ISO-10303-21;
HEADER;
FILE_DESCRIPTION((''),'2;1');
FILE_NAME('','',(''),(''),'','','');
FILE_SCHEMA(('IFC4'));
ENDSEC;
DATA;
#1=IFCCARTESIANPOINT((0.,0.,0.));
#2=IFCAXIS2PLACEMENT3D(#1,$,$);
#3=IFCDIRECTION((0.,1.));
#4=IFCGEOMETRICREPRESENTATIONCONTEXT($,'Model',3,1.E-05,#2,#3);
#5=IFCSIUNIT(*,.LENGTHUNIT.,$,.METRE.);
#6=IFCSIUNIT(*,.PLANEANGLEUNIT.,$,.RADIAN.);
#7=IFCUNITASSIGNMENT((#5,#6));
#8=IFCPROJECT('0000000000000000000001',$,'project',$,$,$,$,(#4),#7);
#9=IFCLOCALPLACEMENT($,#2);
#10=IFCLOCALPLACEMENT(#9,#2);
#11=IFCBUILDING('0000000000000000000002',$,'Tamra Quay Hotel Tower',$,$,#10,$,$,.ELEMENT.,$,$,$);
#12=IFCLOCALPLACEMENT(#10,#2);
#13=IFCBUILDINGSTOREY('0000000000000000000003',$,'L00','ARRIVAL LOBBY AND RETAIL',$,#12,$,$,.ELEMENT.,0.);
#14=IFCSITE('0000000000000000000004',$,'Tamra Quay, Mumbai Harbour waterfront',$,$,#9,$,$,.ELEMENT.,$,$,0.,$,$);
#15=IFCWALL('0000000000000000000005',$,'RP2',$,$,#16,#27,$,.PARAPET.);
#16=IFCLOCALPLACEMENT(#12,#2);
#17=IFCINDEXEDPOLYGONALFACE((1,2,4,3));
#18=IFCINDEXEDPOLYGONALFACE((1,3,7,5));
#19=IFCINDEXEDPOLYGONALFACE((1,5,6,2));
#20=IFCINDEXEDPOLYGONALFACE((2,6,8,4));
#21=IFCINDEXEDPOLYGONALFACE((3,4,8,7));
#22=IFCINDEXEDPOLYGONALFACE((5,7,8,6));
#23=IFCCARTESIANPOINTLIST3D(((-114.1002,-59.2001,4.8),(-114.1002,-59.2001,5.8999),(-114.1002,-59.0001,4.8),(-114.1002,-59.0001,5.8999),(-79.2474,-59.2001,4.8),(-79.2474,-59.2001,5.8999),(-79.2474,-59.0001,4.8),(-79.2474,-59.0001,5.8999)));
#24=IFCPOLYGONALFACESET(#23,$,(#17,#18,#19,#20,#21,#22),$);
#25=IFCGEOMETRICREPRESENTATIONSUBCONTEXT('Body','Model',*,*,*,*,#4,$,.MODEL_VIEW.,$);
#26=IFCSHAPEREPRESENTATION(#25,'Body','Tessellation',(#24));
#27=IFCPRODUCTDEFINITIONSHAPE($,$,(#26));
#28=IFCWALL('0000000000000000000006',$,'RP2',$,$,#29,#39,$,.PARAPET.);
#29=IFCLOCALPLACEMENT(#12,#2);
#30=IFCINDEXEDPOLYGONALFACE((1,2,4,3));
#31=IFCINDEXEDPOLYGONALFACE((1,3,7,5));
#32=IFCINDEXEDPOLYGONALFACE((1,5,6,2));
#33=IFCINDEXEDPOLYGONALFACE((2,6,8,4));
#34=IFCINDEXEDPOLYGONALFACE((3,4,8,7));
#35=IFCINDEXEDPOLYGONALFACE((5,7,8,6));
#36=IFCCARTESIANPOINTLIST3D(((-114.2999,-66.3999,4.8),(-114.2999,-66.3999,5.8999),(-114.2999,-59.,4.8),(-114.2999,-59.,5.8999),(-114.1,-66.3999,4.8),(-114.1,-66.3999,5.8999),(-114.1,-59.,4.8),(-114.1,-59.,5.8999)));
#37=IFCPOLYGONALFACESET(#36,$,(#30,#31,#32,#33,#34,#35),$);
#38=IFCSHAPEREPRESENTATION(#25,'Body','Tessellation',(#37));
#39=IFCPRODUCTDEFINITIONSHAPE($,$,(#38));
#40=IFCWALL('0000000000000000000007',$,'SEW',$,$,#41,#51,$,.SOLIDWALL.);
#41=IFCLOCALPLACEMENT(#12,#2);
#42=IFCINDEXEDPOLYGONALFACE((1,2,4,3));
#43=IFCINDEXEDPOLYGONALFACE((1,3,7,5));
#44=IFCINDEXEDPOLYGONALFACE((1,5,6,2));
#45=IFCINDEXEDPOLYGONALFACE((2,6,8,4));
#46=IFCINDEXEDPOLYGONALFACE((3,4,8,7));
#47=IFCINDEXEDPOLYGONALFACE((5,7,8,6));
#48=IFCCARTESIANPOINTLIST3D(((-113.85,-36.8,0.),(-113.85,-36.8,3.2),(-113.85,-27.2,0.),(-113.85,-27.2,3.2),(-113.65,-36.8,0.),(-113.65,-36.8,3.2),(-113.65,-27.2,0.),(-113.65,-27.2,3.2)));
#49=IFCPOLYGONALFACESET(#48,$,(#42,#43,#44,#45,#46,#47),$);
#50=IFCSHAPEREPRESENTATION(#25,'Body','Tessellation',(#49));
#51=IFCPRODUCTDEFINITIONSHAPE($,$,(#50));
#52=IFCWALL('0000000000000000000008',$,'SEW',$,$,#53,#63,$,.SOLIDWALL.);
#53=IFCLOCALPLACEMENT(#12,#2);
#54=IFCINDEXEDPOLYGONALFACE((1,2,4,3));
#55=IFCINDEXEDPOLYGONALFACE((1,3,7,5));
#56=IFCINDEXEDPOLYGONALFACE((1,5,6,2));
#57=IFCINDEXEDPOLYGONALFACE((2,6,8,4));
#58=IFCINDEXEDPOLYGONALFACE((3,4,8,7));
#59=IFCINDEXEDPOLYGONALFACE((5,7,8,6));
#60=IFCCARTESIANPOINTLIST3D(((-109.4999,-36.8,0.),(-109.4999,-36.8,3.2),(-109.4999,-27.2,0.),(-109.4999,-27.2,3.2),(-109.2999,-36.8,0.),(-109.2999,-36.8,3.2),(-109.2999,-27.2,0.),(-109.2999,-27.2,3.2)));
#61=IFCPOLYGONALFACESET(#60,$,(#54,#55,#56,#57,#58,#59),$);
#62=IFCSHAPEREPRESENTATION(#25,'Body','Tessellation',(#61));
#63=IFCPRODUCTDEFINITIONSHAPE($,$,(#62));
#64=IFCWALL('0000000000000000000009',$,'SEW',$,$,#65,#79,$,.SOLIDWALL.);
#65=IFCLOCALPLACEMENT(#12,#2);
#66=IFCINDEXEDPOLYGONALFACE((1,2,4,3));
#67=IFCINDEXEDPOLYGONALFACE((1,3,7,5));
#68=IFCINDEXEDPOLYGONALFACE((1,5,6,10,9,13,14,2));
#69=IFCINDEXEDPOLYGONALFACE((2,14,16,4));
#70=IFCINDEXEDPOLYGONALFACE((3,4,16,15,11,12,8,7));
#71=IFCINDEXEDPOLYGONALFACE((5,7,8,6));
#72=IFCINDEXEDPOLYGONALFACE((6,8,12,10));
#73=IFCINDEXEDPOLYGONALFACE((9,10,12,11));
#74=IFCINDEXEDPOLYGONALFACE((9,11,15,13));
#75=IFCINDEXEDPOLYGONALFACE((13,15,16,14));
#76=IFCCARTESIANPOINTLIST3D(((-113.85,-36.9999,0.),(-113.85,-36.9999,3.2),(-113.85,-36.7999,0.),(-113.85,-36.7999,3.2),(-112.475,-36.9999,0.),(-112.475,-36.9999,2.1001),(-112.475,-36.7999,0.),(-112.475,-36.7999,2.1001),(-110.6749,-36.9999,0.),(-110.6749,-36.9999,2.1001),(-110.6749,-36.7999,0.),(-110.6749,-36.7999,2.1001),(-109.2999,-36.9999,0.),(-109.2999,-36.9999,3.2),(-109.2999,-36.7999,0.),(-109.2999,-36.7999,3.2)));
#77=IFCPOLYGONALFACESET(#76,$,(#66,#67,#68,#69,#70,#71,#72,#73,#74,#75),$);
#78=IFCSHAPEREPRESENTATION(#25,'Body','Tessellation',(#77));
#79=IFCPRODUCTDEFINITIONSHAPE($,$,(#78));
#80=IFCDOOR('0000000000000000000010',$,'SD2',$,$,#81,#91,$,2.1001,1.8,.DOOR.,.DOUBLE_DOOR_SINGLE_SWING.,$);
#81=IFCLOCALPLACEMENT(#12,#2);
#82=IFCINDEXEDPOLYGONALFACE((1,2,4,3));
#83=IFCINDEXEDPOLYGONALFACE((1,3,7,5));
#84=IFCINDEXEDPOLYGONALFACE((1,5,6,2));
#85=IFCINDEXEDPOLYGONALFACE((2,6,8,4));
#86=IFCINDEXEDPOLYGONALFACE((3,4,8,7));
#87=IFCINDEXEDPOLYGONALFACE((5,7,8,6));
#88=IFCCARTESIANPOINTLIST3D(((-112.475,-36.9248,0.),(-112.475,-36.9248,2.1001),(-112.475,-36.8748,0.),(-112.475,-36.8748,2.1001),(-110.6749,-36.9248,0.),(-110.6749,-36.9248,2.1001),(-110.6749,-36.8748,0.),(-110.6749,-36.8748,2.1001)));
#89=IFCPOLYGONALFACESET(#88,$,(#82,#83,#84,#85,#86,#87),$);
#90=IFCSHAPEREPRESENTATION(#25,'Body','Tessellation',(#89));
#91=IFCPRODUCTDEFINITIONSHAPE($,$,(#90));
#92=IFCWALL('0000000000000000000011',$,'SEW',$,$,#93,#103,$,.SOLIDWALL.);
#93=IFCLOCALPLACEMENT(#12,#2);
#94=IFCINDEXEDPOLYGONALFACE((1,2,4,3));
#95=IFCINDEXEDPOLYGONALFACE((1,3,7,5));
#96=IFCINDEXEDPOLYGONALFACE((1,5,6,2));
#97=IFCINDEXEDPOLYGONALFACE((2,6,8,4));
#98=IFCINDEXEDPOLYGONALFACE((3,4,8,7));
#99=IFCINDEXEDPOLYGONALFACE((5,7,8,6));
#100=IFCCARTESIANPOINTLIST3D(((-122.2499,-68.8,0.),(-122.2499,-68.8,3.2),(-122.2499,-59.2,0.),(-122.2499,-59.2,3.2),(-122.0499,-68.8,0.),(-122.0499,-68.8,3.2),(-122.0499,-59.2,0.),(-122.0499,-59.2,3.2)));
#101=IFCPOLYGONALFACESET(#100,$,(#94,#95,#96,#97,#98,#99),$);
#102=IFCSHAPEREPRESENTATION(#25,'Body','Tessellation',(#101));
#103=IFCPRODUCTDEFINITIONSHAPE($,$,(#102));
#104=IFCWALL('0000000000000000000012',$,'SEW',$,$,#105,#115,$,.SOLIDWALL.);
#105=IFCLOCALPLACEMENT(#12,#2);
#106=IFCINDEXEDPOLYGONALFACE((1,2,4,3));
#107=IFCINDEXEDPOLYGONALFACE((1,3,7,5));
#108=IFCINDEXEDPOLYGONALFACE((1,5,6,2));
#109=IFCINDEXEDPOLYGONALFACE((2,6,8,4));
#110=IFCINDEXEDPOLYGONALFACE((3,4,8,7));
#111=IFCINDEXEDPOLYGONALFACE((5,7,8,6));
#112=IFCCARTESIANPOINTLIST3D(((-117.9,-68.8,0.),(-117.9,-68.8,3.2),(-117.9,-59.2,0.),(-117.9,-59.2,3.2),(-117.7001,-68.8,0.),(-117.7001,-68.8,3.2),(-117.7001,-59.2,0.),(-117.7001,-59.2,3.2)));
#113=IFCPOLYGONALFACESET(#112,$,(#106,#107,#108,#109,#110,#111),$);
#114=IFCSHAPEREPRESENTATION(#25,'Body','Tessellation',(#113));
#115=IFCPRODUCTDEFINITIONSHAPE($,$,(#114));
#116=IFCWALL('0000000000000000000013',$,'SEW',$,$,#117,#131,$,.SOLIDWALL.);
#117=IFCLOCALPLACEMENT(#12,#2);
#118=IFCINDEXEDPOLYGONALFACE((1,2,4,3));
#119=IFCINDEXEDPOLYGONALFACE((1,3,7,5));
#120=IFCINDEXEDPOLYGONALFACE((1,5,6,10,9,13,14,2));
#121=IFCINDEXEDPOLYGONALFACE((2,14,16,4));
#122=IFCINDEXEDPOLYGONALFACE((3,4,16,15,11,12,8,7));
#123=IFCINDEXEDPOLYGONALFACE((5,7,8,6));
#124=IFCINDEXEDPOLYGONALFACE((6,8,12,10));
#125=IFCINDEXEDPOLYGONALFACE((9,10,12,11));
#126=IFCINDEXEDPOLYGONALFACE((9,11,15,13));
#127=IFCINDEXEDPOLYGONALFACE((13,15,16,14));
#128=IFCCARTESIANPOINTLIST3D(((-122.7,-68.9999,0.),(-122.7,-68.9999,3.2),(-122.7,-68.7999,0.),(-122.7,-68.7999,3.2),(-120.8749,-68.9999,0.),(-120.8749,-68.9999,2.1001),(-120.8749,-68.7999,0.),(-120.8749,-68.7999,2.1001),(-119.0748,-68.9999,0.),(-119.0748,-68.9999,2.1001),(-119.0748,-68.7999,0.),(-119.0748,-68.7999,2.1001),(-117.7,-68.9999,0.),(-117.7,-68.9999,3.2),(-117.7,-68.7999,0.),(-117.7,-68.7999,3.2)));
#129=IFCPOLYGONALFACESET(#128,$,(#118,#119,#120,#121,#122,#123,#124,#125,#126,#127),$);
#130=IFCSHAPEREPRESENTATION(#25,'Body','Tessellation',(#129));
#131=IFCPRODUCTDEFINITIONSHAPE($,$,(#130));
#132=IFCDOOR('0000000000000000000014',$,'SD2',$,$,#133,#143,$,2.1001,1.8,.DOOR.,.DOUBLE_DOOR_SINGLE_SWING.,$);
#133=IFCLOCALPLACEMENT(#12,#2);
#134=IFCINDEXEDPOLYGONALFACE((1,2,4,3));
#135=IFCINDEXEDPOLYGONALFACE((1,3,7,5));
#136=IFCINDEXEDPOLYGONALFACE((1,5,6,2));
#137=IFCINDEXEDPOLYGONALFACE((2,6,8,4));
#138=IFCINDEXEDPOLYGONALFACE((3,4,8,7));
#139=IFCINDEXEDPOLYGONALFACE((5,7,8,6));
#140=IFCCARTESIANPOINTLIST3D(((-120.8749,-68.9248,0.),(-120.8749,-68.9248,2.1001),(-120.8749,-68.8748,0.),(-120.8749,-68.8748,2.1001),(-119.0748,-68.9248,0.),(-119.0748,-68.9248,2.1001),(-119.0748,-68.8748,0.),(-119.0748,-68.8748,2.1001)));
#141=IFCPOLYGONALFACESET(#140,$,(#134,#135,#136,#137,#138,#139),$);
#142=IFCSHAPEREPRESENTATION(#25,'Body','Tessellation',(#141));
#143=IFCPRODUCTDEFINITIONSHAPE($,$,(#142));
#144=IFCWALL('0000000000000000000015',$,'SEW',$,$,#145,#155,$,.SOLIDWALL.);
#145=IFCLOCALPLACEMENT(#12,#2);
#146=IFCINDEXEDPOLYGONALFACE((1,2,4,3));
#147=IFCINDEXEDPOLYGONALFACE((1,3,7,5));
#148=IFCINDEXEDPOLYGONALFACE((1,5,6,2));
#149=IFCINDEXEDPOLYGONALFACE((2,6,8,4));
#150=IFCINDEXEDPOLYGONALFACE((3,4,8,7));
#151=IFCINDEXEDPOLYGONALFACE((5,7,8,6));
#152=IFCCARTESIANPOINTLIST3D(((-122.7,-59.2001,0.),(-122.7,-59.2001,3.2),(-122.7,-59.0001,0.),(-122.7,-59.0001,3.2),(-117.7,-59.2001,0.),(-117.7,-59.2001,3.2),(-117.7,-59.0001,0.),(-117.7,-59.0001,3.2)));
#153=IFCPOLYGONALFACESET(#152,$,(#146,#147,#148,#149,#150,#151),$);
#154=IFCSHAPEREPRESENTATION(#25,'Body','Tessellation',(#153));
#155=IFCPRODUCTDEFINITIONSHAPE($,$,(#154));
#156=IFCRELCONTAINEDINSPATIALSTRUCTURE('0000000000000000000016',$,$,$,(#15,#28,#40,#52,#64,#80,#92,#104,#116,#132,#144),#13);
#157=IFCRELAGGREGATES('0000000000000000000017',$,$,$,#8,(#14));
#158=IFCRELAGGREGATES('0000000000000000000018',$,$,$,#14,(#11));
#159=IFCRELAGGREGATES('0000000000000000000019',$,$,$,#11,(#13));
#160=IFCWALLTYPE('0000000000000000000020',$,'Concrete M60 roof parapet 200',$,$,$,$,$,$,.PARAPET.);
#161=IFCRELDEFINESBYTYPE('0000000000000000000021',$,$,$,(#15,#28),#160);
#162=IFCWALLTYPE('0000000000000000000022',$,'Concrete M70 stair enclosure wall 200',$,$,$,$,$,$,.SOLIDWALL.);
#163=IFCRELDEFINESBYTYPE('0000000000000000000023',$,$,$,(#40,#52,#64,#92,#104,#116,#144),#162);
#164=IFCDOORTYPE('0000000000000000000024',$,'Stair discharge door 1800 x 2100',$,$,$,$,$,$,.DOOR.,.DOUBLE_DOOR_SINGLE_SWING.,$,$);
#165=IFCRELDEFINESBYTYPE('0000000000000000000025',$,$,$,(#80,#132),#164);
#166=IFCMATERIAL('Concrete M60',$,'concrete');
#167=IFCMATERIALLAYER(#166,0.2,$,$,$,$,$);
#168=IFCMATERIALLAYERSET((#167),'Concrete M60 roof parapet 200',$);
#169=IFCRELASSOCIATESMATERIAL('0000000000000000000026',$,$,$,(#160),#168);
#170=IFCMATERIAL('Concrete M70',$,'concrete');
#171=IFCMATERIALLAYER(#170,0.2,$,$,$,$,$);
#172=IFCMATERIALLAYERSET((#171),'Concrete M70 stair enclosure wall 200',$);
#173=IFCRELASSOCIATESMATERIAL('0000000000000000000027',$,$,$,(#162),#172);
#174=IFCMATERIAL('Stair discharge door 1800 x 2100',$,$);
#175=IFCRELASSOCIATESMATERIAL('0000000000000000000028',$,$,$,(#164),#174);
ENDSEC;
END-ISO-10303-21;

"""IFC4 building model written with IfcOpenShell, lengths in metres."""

from ifc_helpers import new_model, si_unit, direction, frame, frame_2d, origin, place, context, subcontext, project, spatial, rectangle, extrude, material, layer, layer_set, type_object, element, fill, save


model = new_model("IFC4")

# Units and contexts
model_context = context("Model", 3, precision=1e-05, world=origin(), true_north=direction((0.0, 1.0)))
body_context = subcontext(model_context, "Body", "Model", "MODEL_VIEW")
ifc_project = project(units=[si_unit("LENGTHUNIT", "METRE"), si_unit("PLANEANGLEUNIT", "RADIAN")], contexts=[model_context])

# Site, building, storey
site_placement = place(None, origin())
site = spatial("IfcSite", under=ifc_project, at=site_placement, Name="Tamra Quay, Mumbai Harbour waterfront", CompositionType="ELEMENT", RefElevation=0.0)
building_placement = place(site_placement, origin())
building = spatial("IfcBuilding", under=site, at=building_placement, Name="Tamra Quay Hotel Tower", CompositionType="ELEMENT")
storey_placement = place(building_placement, origin())
storey = spatial("IfcBuildingStorey", under=building, at=storey_placement, Name="L00", Description="ARRIVAL LOBBY AND RETAIL", CompositionType="ELEMENT", Elevation=0.0)

# Shared definitions
ifc_material_1 = material(Name="Concrete M60", Category="concrete")

# Walls
ifc_layer_1 = layer(ifc_material_1, 0.2)
ifc_layer_set_1 = layer_set([ifc_layer_1], Name="Concrete M60 roof parapet 200")
wall_type_1 = type_object("IfcWallType", Name="Concrete M60 roof parapet 200", PredefinedType="PARAPET", material=ifc_layer_set_1)
for number, where, z_axis, x_axis, name in (
    (1, (-114.1001, -59.1001, 4.8), (0.0, 0.0, 1.0), (1.0, 0.0, 0.0), "RP2"),
):
    element("IfcWall", number, at=place(storey_placement, frame(where, z_axis=z_axis, x_axis=x_axis)), inside=storey, type_object=wall_type_1, Name=name, PredefinedType="PARAPET", context=body_context, shape_type="SweptSolid", body=[
        extrude(rectangle(XDim=34.8528, YDim=0.2, at=frame_2d((17.4263, 0.0))), origin(), (0.0, 0.0, 1.0), 1.0999),
    ])
wall_1_placement = place(storey_placement, frame((-114.2, -66.3999, 4.8), z_axis=(0.0, 0.0, 1.0), x_axis=(0.0, 1.0, 0.0)))
element("IfcWall", 2, at=wall_1_placement, inside=storey, type_object=wall_type_1, Name="RP2", PredefinedType="PARAPET", context=body_context, shape_type="SweptSolid", body=[
    extrude(rectangle(XDim=7.3999, YDim=0.2, at=frame_2d((3.7, 0.0))), origin(), (0.0, 0.0, 1.0), 1.0999),
])
ifc_material_2 = material(Name="Concrete M70", Category="concrete")
ifc_layer_2 = layer(ifc_material_2, 0.2)
ifc_layer_set_2 = layer_set([ifc_layer_2], Name="Concrete M70 stair enclosure wall 200")
wall_type_2 = type_object("IfcWallType", Name="Concrete M70 stair enclosure wall 200", PredefinedType="SOLIDWALL", material=ifc_layer_set_2)
for number, where, z_axis, x_axis, name in (
    (3, (-113.75, -36.8, 0.0), (0.0, 0.0, 1.0), (0.0, 1.0, 0.0), "SEW"),
    (4, (-109.3999, -36.8, 0.0), (0.0, 0.0, 1.0), (0.0, 1.0, 0.0), "SEW"),
):
    element("IfcWall", number, at=place(storey_placement, frame(where, z_axis=z_axis, x_axis=x_axis)), inside=storey, type_object=wall_type_2, Name=name, PredefinedType="SOLIDWALL", context=body_context, shape_type="SweptSolid", body=[
        extrude(rectangle(XDim=9.6001, YDim=0.2, at=frame_2d((4.8, 0.0))), origin(), (0.0, 0.0, 1.0), 3.2),
    ])

# Wall, opening, door
wall_2_placement = place(storey_placement, frame((-109.3, -36.8999, 0.0), z_axis=(0.0, 0.0, 1.0), x_axis=(-1.0, 0.0, 0.0)))
wall_2 = element("IfcWall", 5, at=wall_2_placement, inside=storey, type_object=wall_type_2, Name="SEW", PredefinedType="SOLIDWALL", context=body_context, shape_type="SweptSolid", body=[
    extrude(rectangle(XDim=4.55, YDim=0.2, at=frame_2d((2.2749, 0.0))), origin(), (0.0, 0.0, 1.0), 3.2),
])
opening_1_placement = place(wall_2_placement, frame((1.375, 0.0, 0.0)))
opening_1 = element("IfcOpeningElement", 6, at=opening_1_placement, cuts=wall_2, PredefinedType="OPENING", context=body_context, shape_type="SweptSolid", body=[
    extrude(rectangle(XDim=1.8, YDim=2.1001, at=frame_2d((0.8999, 1.05))), frame((0.0, 0.1099, 0.0), z_axis=(0.0, -1.0, 0.0), x_axis=(1.0, 0.0, 0.0)), (0.0, 0.0, 1.0), 0.22),
])
ifc_material_3 = material(Name="Stair discharge door 1800 x 2100")
door_type_1 = type_object("IfcDoorType", Name="Stair discharge door 1800 x 2100", OperationType="DOUBLE_DOOR_SINGLE_SWING", PredefinedType="DOOR", material=ifc_material_3)
door_1_placement = place(opening_1_placement, origin())
door_1 = element("IfcDoor", 7, at=door_1_placement, inside=storey, type_object=door_type_1, Name="SD2", OperationType="DOUBLE_DOOR_SINGLE_SWING", OverallHeight=2.1001, OverallWidth=1.8, PredefinedType="DOOR", context=body_context, shape_type="SweptSolid", body=[
    extrude(rectangle(XDim=1.8, YDim=2.1001, at=frame_2d((0.8999, 1.05))), frame((0.0, 0.0249, 0.0), z_axis=(0.0, -1.0, 0.0), x_axis=(1.0, 0.0, 0.0)), (0.0, 0.0, 1.0), 0.05),
])
fill(opening_1, door_1)

# Walls
for number, where, z_axis, x_axis, name in (
    (8, (-122.1499, -68.8, 0.0), (0.0, 0.0, 1.0), (0.0, 1.0, 0.0), "SEW"),
    (9, (-117.8, -68.8, 0.0), (0.0, 0.0, 1.0), (0.0, 1.0, 0.0), "SEW"),
):
    element("IfcWall", number, at=place(storey_placement, frame(where, z_axis=z_axis, x_axis=x_axis)), inside=storey, type_object=wall_type_2, Name=name, PredefinedType="SOLIDWALL", context=body_context, shape_type="SweptSolid", body=[
        extrude(rectangle(XDim=9.6001, YDim=0.2, at=frame_2d((4.8, 0.0))), origin(), (0.0, 0.0, 1.0), 3.2),
    ])

# Wall, opening, door
wall_3_placement = place(storey_placement, frame((-117.7, -68.8999, 0.0), z_axis=(0.0, 0.0, 1.0), x_axis=(-1.0, 0.0, 0.0)))
wall_3 = element("IfcWall", 10, at=wall_3_placement, inside=storey, type_object=wall_type_2, Name="SEW", PredefinedType="SOLIDWALL", context=body_context, shape_type="SweptSolid", body=[
    extrude(rectangle(XDim=5.0, YDim=0.2, at=frame_2d((2.5, 0.0))), origin(), (0.0, 0.0, 1.0), 3.2),
])
opening_2_placement = place(wall_3_placement, frame((1.375, 0.0, 0.0)))
opening_2 = element("IfcOpeningElement", 11, at=opening_2_placement, cuts=wall_3, PredefinedType="OPENING", context=body_context, shape_type="SweptSolid", body=[
    extrude(rectangle(XDim=1.8, YDim=2.1001, at=frame_2d((0.8999, 1.05))), frame((0.0, 0.1099, 0.0), z_axis=(0.0, -1.0, 0.0), x_axis=(1.0, 0.0, 0.0)), (0.0, 0.0, 1.0), 0.22),
])
door_2_placement = place(opening_2_placement, origin())
door_2 = element("IfcDoor", 12, at=door_2_placement, inside=storey, type_object=door_type_1, Name="SD2", OperationType="DOUBLE_DOOR_SINGLE_SWING", OverallHeight=2.1001, OverallWidth=1.8, PredefinedType="DOOR", context=body_context, shape_type="SweptSolid", body=[
    extrude(rectangle(XDim=1.8, YDim=2.1001, at=frame_2d((0.8999, 1.05))), frame((0.0, 0.0249, 0.0), z_axis=(0.0, -1.0, 0.0), x_axis=(1.0, 0.0, 0.0)), (0.0, 0.0, 1.0), 0.05),
])
fill(opening_2, door_2)

# Wall
wall_4_placement = place(storey_placement, frame((-122.7, -59.1001, 0.0), z_axis=(0.0, 0.0, 1.0), x_axis=(1.0, 0.0, 0.0)))
element("IfcWall", 13, at=wall_4_placement, inside=storey, type_object=wall_type_2, Name="SEW", PredefinedType="SOLIDWALL", context=body_context, shape_type="SweptSolid", body=[
    extrude(rectangle(XDim=5.0, YDim=0.2, at=frame_2d((2.5, 0.0))), origin(), (0.0, 0.0, 1.0), 3.2),
])

save(model, "model.ifc")
